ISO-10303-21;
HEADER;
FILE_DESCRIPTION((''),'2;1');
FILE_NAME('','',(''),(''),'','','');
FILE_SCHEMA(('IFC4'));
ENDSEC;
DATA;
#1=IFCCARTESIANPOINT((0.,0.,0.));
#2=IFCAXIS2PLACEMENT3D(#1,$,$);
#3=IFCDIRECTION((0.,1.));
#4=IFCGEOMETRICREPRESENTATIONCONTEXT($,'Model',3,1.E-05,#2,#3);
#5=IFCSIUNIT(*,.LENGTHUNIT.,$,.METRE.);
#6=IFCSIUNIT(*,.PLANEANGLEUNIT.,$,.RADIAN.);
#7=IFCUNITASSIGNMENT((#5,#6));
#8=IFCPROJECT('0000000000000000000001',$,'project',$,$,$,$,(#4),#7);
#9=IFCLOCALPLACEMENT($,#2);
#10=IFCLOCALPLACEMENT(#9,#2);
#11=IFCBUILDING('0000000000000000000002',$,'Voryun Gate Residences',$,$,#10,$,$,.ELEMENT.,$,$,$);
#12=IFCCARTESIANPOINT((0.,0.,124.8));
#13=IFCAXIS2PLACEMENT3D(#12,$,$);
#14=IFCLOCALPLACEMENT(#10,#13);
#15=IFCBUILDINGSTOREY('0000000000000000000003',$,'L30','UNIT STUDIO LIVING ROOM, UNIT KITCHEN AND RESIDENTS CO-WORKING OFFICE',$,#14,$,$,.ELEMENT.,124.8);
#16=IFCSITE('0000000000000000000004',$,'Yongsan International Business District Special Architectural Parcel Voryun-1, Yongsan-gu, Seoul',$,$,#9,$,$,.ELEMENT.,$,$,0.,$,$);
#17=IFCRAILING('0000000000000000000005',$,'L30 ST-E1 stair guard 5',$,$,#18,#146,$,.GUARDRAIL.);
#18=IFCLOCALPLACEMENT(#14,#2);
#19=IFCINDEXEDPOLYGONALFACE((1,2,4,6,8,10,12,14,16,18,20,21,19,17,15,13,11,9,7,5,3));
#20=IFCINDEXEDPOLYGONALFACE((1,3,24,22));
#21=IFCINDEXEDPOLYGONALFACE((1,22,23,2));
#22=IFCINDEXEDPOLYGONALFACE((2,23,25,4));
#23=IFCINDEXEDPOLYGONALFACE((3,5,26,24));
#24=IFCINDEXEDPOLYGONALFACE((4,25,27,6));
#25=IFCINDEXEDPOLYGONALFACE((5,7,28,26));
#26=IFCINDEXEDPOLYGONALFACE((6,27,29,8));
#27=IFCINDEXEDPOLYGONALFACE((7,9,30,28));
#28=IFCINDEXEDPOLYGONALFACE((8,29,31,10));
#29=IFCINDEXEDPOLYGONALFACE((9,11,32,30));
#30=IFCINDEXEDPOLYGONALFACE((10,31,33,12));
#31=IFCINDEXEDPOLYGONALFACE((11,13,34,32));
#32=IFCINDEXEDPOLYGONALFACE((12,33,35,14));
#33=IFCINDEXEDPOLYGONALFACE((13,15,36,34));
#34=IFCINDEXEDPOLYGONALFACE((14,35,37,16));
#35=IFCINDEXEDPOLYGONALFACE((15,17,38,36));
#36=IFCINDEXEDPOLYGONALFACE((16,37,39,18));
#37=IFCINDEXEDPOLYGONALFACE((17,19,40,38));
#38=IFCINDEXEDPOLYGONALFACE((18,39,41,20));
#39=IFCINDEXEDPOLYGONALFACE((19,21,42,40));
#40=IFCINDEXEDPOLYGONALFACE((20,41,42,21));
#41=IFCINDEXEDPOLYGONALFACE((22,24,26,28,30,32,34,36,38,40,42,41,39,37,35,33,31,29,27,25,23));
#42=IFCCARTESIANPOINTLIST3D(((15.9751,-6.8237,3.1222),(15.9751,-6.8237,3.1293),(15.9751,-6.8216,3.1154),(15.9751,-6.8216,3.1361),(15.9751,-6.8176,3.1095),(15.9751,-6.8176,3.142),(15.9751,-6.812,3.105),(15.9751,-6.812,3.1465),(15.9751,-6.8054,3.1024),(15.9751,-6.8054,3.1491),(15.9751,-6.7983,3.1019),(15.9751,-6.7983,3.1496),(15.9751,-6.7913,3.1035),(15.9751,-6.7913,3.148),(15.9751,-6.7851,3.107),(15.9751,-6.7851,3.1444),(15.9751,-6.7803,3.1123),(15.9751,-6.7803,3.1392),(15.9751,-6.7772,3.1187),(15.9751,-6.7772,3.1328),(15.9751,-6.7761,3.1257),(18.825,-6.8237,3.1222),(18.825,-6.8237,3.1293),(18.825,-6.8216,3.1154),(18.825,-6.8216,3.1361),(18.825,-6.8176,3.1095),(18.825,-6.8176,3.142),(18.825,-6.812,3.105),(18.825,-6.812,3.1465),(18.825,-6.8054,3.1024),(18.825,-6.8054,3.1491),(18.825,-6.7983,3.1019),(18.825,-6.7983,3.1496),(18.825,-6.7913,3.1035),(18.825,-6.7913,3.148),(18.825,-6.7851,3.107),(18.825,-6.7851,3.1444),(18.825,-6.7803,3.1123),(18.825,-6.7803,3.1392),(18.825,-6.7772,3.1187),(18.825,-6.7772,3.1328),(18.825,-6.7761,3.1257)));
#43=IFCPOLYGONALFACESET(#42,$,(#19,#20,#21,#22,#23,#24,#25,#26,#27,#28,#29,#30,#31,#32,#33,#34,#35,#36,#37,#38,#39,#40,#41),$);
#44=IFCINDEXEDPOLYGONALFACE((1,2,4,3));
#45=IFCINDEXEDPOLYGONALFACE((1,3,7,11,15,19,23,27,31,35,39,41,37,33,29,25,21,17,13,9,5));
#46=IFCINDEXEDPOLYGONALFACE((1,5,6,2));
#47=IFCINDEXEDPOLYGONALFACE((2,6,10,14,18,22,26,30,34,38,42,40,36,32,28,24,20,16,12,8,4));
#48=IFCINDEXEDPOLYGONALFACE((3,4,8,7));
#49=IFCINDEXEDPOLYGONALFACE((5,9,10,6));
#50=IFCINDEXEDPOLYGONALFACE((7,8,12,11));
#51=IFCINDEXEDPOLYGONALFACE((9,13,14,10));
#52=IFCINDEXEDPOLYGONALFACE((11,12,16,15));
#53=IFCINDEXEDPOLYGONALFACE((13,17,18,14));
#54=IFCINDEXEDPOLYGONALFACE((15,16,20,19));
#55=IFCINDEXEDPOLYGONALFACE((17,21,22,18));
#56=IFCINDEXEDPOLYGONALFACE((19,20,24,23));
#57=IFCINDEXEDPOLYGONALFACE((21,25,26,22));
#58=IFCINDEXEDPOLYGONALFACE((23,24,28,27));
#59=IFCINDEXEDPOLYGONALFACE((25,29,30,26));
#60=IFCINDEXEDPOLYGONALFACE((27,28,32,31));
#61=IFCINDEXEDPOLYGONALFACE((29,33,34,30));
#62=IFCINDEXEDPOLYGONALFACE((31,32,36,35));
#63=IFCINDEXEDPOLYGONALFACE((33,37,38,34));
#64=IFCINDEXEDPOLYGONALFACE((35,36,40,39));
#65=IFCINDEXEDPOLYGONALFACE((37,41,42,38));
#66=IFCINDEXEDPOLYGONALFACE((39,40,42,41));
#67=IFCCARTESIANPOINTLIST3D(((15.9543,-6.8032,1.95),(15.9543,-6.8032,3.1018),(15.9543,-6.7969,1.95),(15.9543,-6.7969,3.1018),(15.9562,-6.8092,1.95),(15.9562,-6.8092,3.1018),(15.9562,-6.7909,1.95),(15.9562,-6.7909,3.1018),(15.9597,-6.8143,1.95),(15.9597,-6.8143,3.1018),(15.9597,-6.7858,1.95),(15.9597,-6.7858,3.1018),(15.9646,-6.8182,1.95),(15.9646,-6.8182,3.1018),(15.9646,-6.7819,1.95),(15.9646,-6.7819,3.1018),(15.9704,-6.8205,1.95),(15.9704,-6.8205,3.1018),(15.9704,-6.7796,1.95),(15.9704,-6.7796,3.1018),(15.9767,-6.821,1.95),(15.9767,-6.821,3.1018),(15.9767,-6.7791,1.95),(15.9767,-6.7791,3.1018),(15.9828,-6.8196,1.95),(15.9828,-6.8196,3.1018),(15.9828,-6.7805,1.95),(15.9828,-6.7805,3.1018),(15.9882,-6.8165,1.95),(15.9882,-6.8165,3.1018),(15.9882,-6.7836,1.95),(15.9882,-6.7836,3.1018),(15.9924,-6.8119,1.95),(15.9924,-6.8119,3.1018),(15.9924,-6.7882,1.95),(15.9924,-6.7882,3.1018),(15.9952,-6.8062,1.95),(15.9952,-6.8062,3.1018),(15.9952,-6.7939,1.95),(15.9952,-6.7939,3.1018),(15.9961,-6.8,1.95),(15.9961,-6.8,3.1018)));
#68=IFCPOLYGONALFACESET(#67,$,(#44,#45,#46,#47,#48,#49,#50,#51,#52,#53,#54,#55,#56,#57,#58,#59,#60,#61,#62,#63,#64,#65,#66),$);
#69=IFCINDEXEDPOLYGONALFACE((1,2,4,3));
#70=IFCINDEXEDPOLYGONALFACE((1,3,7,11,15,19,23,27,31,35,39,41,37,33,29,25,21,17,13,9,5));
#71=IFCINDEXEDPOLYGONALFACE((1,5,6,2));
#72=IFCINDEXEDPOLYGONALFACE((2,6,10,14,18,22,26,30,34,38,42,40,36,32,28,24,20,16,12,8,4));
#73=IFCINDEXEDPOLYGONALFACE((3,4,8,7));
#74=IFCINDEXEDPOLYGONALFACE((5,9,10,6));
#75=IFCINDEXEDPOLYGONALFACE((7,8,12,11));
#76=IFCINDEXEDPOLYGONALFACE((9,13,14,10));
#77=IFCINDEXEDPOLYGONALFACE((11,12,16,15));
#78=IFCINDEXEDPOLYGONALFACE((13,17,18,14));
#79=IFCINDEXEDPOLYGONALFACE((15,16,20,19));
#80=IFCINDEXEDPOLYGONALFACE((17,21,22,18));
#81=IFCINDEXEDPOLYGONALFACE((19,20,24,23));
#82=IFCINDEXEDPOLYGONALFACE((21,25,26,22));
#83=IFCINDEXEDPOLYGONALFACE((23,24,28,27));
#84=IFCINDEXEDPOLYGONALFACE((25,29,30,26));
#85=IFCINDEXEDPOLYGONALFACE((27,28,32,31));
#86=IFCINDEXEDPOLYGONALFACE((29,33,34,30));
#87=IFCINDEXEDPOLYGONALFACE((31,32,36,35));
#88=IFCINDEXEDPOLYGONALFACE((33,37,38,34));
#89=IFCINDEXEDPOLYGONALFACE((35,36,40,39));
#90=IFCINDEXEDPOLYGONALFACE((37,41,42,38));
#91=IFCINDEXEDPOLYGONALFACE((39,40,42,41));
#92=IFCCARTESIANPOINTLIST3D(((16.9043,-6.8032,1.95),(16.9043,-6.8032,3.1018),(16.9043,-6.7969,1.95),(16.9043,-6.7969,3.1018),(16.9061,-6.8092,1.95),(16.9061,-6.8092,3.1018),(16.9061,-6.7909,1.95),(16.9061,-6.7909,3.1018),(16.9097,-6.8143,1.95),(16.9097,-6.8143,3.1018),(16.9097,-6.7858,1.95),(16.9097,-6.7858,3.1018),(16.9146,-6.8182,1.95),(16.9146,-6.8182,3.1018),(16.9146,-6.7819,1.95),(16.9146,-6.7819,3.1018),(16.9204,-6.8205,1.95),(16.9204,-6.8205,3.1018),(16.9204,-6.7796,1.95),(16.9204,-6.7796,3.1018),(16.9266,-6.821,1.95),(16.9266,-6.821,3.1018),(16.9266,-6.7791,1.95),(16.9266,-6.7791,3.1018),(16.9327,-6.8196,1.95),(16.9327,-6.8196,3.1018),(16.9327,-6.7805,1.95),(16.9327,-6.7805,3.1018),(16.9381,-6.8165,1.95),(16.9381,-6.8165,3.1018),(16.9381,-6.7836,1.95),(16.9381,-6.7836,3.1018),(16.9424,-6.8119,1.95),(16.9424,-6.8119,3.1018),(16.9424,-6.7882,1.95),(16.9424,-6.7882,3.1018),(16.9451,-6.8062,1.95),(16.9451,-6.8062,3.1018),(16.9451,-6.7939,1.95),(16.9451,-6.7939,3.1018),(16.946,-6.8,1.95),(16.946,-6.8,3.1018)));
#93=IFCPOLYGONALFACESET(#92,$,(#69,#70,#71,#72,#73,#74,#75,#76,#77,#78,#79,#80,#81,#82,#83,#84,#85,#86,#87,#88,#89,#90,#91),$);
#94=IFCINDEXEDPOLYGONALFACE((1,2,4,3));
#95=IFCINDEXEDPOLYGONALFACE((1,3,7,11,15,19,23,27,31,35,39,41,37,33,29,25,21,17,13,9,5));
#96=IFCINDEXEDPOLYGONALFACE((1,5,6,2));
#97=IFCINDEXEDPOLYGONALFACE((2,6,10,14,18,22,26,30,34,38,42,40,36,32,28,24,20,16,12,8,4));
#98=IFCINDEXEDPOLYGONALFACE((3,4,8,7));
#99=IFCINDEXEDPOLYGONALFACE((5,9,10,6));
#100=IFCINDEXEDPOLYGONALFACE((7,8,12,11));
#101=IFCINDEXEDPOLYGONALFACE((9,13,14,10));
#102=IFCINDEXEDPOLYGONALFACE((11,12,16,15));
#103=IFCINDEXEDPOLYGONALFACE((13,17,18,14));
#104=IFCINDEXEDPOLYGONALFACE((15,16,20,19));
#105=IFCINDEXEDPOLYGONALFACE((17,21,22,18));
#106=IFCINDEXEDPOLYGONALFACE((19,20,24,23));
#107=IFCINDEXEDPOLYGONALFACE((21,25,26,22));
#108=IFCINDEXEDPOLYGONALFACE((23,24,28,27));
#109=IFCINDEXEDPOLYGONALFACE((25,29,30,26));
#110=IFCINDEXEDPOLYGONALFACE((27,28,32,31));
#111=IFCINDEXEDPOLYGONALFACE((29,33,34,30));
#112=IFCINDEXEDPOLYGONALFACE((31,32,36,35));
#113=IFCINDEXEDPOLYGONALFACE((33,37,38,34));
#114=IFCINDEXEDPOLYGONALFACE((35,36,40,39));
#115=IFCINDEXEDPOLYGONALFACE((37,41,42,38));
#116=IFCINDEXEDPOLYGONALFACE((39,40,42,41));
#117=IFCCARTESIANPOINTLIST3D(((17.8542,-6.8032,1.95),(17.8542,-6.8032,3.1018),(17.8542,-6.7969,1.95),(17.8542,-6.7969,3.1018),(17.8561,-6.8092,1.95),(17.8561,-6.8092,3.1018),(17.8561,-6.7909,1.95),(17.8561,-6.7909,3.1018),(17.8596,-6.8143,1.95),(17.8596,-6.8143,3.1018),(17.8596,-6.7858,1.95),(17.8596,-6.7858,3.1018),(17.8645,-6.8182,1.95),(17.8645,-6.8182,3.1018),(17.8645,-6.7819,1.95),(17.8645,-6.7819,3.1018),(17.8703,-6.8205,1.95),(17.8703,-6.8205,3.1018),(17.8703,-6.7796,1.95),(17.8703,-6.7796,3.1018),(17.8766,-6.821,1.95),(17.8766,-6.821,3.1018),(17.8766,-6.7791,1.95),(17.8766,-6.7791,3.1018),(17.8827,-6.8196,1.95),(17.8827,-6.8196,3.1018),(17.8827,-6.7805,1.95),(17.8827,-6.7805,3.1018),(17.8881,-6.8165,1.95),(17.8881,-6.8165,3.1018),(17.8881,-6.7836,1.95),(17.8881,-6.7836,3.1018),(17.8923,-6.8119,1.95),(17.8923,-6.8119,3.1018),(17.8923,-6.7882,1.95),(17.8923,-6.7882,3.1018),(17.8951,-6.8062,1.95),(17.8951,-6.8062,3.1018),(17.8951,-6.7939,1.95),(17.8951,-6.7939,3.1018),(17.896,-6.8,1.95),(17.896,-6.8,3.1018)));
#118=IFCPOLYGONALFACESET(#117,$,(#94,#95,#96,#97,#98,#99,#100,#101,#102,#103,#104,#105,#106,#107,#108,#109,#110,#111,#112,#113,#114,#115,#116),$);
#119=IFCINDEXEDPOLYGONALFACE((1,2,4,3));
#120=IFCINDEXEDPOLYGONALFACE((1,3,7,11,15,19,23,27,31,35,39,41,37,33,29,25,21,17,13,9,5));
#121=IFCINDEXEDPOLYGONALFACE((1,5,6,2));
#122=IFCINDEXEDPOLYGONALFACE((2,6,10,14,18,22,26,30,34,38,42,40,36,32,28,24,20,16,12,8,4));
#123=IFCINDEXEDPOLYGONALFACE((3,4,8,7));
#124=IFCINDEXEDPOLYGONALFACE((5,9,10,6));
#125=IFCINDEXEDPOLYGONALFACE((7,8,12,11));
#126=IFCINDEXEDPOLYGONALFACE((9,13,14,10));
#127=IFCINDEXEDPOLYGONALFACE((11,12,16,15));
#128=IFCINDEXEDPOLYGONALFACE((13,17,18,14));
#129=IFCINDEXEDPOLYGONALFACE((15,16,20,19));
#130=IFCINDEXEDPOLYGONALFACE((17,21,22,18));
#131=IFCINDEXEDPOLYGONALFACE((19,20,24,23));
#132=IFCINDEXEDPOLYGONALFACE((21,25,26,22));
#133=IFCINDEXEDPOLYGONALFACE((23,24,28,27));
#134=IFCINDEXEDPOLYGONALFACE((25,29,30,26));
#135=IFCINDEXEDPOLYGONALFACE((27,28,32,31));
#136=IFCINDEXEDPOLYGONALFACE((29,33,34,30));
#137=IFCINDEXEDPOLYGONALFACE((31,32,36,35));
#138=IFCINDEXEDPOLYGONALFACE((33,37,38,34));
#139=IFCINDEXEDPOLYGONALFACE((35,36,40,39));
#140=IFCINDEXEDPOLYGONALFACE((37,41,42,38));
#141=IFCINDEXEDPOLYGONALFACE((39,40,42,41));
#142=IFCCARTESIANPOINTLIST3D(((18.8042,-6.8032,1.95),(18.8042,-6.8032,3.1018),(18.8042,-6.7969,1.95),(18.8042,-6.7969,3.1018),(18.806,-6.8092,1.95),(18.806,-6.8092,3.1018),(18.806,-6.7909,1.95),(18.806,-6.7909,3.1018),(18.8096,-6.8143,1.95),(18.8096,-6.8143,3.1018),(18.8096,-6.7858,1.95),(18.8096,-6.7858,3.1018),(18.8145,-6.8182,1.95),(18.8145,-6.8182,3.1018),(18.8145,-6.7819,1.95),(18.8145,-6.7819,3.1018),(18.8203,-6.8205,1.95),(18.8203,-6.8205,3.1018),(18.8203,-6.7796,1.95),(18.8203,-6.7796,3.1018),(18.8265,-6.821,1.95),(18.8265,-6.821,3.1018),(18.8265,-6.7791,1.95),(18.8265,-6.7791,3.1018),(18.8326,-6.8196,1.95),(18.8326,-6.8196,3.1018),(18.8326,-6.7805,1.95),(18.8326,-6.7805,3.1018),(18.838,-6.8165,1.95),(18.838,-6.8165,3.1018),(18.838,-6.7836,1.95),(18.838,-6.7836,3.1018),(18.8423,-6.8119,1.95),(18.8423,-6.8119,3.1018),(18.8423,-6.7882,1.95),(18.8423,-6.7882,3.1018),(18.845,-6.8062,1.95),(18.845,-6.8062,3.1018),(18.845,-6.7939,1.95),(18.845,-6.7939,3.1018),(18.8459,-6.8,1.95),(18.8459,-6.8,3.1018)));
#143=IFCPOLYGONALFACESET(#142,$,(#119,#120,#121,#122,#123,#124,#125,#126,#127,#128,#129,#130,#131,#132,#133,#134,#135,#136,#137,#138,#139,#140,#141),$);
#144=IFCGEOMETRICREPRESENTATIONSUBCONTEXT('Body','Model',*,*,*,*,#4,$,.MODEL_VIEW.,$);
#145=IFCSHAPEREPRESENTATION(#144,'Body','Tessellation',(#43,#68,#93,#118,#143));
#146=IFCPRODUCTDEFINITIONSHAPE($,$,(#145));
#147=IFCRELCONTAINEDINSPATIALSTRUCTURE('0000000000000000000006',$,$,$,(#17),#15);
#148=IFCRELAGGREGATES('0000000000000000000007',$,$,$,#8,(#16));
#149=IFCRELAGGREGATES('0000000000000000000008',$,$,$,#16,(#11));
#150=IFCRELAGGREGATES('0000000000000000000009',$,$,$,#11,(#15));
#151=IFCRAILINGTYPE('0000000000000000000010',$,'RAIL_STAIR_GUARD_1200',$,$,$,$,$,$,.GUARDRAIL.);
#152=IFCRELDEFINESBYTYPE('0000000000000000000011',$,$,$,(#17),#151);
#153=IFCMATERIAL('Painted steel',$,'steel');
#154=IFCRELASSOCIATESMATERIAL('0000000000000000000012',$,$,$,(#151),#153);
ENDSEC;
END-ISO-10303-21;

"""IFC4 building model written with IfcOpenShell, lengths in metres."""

from ifc_helpers import new_model, si_unit, direction, frame, origin, origin_2d, place, context, subcontext, project, spatial, circle, extrude, material, type_object, element, save


model = new_model("IFC4")

# Units and contexts
model_context = context("Model", 3, precision=1e-05, world=origin(), true_north=direction((0.0, 1.0)))
body_context = subcontext(model_context, "Body", "Model", "MODEL_VIEW")
ifc_project = project(units=[si_unit("LENGTHUNIT", "METRE"), si_unit("PLANEANGLEUNIT", "RADIAN")], contexts=[model_context])

# Site, building, storey
site_placement = place(None, origin())
site = spatial("IfcSite", under=ifc_project, at=site_placement, Name="Yongsan International Business District Special Architectural Parcel Voryun-1, Yongsan-gu, Seoul", CompositionType="ELEMENT", RefElevation=0.0)
building_placement = place(site_placement, origin())
building = spatial("IfcBuilding", under=site, at=building_placement, Name="Voryun Gate Residences", CompositionType="ELEMENT")
storey_placement = place(building_placement, frame((0.0, 0.0, 124.8)))
storey = spatial("IfcBuildingStorey", under=building, at=storey_placement, Name="L30", Description="UNIT STUDIO LIVING ROOM, UNIT KITCHEN AND RESIDENTS CO-WORKING OFFICE", CompositionType="ELEMENT", Elevation=124.8)

# Railing
ifc_material_1 = material(Name="Painted steel", Category="steel")
railing_type_1 = type_object("IfcRailingType", Name="RAIL_STAIR_GUARD_1200", PredefinedType="GUARDRAIL", material=ifc_material_1)
railing_1_placement = place(storey_placement, frame((15.9751, -6.8, 1.95)))
element("IfcRailing", 1, at=railing_1_placement, inside=storey, type_object=railing_type_1, Name="L30 ST-E1 stair guard 5", PredefinedType="GUARDRAIL", context=body_context, shape_type="SweptSolid", body=[
    extrude(circle(Radius=0.0239, at=origin_2d()), frame((0.0, 0.0, 1.1758), z_axis=(1.0, 0.0, 0.0), x_axis=(0.0, 1.0, 0.0)), (0.0, 0.0, 1.0), 2.8499),
    extrude(circle(Radius=0.021, at=origin_2d()), origin(), (0.0, 0.0, 1.0), 1.1519),
    extrude(circle(Radius=0.021, at=origin_2d()), frame((0.95, 0.0, 0.0)), (0.0, 0.0, 1.0), 1.1519),
    extrude(circle(Radius=0.021, at=origin_2d()), frame((1.8999, 0.0, 0.0)), (0.0, 0.0, 1.0), 1.1519),
    extrude(circle(Radius=0.021, at=origin_2d()), frame((2.8499, 0.0, 0.0)), (0.0, 0.0, 1.0), 1.1519),
])

save(model, "model.ifc")
